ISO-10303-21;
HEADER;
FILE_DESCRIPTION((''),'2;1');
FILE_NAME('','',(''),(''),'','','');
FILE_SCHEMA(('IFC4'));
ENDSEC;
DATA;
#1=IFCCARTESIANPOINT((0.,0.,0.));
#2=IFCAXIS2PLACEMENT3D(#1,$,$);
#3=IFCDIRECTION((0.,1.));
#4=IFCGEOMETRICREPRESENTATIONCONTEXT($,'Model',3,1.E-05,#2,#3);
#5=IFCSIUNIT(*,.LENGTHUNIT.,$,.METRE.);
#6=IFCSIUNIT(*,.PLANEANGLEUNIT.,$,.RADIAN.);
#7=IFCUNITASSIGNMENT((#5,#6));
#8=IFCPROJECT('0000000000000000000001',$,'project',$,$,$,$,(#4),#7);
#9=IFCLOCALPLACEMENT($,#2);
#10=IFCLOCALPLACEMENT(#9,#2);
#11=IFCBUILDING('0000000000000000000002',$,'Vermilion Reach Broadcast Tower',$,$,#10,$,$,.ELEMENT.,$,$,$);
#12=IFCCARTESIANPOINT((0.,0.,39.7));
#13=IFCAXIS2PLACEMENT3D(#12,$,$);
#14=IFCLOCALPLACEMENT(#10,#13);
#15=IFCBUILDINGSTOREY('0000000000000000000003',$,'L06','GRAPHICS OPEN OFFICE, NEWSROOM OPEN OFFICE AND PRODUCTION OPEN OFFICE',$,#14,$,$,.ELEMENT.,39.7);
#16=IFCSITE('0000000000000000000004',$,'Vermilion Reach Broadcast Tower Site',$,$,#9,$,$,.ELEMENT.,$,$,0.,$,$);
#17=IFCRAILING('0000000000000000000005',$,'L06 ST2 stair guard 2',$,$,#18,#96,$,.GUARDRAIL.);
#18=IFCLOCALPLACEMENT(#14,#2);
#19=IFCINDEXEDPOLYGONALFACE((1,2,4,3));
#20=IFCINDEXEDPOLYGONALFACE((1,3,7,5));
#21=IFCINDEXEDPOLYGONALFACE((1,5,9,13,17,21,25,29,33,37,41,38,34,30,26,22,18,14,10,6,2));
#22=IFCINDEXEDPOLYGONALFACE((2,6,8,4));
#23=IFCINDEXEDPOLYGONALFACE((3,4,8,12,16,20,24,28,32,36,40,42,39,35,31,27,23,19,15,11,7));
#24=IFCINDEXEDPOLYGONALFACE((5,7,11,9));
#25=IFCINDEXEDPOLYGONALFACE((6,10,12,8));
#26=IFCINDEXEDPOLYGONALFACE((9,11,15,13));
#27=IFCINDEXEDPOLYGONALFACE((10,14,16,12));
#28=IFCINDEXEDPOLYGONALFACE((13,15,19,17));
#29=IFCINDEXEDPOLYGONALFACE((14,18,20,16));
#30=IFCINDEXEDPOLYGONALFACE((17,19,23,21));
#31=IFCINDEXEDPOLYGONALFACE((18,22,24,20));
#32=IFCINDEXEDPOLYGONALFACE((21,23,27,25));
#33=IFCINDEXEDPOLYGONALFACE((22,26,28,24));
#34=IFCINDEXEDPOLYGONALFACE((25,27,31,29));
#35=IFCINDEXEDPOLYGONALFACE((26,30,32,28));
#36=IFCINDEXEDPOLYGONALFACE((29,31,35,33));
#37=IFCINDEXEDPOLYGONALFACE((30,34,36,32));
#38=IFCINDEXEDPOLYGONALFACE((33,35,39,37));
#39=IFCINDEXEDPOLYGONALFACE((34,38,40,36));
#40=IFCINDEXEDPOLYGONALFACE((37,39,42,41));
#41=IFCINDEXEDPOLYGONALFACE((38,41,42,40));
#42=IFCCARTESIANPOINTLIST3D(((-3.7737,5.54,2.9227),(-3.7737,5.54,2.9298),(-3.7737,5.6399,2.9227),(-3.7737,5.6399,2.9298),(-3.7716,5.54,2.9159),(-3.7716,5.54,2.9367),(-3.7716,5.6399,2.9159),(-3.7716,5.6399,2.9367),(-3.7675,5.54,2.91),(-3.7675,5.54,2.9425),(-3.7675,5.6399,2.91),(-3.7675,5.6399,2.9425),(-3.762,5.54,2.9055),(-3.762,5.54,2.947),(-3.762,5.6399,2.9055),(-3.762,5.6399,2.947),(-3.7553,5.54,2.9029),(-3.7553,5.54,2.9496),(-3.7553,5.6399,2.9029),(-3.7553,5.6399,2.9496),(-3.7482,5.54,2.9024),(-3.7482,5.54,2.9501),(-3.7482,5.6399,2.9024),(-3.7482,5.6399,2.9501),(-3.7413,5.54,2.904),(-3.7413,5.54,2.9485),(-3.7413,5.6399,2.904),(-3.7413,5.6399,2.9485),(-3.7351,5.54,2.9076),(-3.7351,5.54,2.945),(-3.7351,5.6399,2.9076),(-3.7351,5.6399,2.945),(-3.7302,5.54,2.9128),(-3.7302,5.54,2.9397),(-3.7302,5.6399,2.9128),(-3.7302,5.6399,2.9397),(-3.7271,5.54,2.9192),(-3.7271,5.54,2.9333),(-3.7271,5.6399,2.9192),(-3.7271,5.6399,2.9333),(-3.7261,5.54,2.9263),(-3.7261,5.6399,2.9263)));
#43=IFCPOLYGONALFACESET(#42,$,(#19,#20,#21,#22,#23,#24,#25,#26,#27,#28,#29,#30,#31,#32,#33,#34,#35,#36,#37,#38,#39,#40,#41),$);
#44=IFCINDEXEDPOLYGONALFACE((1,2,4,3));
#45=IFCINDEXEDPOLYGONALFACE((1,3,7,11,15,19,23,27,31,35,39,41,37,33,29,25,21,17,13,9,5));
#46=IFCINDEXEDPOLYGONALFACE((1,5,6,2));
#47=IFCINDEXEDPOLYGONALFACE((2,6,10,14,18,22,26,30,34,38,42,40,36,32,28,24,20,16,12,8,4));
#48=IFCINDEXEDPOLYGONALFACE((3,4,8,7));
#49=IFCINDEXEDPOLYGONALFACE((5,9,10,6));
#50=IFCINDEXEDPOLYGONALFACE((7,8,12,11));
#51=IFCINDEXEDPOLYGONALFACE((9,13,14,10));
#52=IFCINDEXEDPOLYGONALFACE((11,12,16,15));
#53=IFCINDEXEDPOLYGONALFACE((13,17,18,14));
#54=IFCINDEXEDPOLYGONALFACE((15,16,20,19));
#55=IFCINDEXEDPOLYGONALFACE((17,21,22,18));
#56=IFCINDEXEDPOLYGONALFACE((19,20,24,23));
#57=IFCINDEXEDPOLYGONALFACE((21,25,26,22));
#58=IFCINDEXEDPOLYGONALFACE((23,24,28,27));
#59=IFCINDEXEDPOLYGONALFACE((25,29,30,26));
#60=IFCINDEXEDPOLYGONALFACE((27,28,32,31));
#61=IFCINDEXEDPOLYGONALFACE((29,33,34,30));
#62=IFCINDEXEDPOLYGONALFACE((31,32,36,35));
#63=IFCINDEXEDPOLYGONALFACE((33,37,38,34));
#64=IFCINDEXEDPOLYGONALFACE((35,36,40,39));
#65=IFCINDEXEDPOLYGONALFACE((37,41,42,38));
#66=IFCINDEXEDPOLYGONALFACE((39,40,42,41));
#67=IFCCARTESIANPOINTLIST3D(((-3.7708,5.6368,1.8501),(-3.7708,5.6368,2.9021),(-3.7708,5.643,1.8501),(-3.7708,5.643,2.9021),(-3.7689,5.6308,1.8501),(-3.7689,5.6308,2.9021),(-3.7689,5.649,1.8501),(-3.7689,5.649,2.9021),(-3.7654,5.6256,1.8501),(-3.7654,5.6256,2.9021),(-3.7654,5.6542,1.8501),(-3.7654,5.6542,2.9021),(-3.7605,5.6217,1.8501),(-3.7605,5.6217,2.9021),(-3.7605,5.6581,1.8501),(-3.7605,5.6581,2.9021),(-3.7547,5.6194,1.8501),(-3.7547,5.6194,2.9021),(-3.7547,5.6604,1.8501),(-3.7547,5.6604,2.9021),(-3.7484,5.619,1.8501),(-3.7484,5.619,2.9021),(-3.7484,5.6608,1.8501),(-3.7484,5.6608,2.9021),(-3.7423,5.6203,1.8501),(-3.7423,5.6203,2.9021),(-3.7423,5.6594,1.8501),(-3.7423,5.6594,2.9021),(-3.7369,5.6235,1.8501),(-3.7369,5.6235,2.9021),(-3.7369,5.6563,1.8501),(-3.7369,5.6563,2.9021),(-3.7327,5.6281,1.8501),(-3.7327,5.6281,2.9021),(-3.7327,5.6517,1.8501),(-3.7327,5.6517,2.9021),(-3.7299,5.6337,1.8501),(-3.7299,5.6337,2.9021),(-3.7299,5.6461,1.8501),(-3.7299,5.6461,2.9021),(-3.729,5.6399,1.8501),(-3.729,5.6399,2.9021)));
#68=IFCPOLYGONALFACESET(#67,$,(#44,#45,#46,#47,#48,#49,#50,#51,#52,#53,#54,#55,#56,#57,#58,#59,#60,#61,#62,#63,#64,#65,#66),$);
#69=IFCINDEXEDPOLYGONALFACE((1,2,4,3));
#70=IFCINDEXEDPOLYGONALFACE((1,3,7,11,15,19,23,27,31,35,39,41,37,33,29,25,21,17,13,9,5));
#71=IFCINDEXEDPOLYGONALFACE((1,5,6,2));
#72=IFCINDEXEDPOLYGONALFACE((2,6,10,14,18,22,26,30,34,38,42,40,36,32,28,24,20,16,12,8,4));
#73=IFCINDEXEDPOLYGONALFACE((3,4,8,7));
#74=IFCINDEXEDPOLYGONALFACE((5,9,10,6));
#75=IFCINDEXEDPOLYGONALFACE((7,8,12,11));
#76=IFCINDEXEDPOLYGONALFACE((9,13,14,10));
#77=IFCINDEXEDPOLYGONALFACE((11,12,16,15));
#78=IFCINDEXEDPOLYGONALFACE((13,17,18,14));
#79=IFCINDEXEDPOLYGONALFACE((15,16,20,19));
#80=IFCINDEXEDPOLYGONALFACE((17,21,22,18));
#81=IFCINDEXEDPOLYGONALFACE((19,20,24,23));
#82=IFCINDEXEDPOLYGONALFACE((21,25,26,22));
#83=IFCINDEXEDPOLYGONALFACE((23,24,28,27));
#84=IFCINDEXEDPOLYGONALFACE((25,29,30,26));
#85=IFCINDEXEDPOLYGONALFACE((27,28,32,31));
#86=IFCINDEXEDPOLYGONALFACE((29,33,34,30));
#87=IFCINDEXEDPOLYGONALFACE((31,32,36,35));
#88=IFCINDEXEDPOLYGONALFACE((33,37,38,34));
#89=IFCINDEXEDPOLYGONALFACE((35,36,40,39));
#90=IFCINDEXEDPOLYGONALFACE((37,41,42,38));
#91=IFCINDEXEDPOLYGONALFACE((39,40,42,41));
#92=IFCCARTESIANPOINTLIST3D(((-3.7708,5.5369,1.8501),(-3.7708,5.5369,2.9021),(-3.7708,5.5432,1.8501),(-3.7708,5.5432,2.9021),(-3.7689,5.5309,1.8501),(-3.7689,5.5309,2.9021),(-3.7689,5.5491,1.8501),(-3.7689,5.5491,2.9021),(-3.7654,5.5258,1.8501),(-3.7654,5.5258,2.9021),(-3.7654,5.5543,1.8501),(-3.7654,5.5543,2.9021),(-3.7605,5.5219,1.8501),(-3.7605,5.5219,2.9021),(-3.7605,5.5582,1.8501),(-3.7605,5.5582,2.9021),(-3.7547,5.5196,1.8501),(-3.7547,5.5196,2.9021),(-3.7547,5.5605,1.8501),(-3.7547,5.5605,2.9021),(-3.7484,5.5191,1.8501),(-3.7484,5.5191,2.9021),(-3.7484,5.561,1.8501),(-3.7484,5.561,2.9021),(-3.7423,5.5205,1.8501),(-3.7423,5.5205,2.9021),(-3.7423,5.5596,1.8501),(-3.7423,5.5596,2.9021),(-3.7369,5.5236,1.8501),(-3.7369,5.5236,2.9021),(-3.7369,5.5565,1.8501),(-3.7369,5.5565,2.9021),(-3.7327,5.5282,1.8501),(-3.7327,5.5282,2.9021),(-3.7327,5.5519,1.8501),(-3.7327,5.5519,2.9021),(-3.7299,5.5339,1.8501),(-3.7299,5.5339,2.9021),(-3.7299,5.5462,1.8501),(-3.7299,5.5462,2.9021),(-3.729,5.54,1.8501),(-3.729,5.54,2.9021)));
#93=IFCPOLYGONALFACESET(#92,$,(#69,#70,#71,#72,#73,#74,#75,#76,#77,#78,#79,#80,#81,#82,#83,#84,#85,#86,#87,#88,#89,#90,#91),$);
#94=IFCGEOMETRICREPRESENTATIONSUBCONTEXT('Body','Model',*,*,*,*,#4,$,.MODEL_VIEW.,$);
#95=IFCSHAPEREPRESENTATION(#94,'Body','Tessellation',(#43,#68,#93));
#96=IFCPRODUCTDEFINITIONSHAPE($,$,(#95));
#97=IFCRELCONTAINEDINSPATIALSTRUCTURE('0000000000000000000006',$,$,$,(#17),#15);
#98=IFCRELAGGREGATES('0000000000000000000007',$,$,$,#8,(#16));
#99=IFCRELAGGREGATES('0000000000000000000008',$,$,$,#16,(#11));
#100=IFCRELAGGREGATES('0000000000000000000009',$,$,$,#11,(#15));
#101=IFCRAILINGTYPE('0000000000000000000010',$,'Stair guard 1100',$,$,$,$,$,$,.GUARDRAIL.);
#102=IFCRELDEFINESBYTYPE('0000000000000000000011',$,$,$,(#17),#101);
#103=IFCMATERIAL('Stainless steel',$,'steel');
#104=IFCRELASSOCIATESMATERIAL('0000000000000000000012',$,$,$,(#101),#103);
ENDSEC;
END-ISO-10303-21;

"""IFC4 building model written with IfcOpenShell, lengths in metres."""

from ifc_helpers import new_model, si_unit, direction, frame, origin, origin_2d, place, context, subcontext, project, spatial, circle, extrude, material, type_object, element, save


model = new_model("IFC4")

# Units and contexts
model_context = context("Model", 3, precision=1e-05, world=origin(), true_north=direction((0.0, 1.0)))
body_context = subcontext(model_context, "Body", "Model", "MODEL_VIEW")
ifc_project = project(units=[si_unit("LENGTHUNIT", "METRE"), si_unit("PLANEANGLEUNIT", "RADIAN")], contexts=[model_context])

# Site, building, storey
site_placement = place(None, origin())
site = spatial("IfcSite", under=ifc_project, at=site_placement, Name="Vermilion Reach Broadcast Tower Site", CompositionType="ELEMENT", RefElevation=0.0)
building_placement = place(site_placement, origin())
building = spatial("IfcBuilding", under=site, at=building_placement, Name="Vermilion Reach Broadcast Tower", CompositionType="ELEMENT")
storey_placement = place(building_placement, frame((0.0, 0.0, 39.7)))
storey = spatial("IfcBuildingStorey", under=building, at=storey_placement, Name="L06", Description="GRAPHICS OPEN OFFICE, NEWSROOM OPEN OFFICE AND PRODUCTION OPEN OFFICE", CompositionType="ELEMENT", Elevation=39.7)

# Railing
ifc_material_1 = material(Name="Stainless steel", Category="steel")
railing_type_1 = type_object("IfcRailingType", Name="Stair guard 1100", PredefinedType="GUARDRAIL", material=ifc_material_1)
railing_1_placement = place(storey_placement, frame((-3.75, 5.6399, 1.8501)))
element("IfcRailing", 1, at=railing_1_placement, inside=storey, type_object=railing_type_1, Name="L06 ST2 stair guard 2", PredefinedType="GUARDRAIL", context=body_context, shape_type="SweptSolid", body=[
    extrude(circle(Radius=0.0239, at=origin_2d()), frame((0.0, 0.0, 1.0762), z_axis=(0.0, -1.0, 0.0), x_axis=(1.0, 0.0, 0.0)), (0.0, 0.0, 1.0), 0.0999),
    extrude(circle(Radius=0.021, at=origin_2d()), origin(), (0.0, 0.0, 1.0), 1.052),
    extrude(circle(Radius=0.021, at=origin_2d()), frame((0.0, -0.0999, 0.0)), (0.0, 0.0, 1.0), 1.052),
])

save(model, "model.ifc")
